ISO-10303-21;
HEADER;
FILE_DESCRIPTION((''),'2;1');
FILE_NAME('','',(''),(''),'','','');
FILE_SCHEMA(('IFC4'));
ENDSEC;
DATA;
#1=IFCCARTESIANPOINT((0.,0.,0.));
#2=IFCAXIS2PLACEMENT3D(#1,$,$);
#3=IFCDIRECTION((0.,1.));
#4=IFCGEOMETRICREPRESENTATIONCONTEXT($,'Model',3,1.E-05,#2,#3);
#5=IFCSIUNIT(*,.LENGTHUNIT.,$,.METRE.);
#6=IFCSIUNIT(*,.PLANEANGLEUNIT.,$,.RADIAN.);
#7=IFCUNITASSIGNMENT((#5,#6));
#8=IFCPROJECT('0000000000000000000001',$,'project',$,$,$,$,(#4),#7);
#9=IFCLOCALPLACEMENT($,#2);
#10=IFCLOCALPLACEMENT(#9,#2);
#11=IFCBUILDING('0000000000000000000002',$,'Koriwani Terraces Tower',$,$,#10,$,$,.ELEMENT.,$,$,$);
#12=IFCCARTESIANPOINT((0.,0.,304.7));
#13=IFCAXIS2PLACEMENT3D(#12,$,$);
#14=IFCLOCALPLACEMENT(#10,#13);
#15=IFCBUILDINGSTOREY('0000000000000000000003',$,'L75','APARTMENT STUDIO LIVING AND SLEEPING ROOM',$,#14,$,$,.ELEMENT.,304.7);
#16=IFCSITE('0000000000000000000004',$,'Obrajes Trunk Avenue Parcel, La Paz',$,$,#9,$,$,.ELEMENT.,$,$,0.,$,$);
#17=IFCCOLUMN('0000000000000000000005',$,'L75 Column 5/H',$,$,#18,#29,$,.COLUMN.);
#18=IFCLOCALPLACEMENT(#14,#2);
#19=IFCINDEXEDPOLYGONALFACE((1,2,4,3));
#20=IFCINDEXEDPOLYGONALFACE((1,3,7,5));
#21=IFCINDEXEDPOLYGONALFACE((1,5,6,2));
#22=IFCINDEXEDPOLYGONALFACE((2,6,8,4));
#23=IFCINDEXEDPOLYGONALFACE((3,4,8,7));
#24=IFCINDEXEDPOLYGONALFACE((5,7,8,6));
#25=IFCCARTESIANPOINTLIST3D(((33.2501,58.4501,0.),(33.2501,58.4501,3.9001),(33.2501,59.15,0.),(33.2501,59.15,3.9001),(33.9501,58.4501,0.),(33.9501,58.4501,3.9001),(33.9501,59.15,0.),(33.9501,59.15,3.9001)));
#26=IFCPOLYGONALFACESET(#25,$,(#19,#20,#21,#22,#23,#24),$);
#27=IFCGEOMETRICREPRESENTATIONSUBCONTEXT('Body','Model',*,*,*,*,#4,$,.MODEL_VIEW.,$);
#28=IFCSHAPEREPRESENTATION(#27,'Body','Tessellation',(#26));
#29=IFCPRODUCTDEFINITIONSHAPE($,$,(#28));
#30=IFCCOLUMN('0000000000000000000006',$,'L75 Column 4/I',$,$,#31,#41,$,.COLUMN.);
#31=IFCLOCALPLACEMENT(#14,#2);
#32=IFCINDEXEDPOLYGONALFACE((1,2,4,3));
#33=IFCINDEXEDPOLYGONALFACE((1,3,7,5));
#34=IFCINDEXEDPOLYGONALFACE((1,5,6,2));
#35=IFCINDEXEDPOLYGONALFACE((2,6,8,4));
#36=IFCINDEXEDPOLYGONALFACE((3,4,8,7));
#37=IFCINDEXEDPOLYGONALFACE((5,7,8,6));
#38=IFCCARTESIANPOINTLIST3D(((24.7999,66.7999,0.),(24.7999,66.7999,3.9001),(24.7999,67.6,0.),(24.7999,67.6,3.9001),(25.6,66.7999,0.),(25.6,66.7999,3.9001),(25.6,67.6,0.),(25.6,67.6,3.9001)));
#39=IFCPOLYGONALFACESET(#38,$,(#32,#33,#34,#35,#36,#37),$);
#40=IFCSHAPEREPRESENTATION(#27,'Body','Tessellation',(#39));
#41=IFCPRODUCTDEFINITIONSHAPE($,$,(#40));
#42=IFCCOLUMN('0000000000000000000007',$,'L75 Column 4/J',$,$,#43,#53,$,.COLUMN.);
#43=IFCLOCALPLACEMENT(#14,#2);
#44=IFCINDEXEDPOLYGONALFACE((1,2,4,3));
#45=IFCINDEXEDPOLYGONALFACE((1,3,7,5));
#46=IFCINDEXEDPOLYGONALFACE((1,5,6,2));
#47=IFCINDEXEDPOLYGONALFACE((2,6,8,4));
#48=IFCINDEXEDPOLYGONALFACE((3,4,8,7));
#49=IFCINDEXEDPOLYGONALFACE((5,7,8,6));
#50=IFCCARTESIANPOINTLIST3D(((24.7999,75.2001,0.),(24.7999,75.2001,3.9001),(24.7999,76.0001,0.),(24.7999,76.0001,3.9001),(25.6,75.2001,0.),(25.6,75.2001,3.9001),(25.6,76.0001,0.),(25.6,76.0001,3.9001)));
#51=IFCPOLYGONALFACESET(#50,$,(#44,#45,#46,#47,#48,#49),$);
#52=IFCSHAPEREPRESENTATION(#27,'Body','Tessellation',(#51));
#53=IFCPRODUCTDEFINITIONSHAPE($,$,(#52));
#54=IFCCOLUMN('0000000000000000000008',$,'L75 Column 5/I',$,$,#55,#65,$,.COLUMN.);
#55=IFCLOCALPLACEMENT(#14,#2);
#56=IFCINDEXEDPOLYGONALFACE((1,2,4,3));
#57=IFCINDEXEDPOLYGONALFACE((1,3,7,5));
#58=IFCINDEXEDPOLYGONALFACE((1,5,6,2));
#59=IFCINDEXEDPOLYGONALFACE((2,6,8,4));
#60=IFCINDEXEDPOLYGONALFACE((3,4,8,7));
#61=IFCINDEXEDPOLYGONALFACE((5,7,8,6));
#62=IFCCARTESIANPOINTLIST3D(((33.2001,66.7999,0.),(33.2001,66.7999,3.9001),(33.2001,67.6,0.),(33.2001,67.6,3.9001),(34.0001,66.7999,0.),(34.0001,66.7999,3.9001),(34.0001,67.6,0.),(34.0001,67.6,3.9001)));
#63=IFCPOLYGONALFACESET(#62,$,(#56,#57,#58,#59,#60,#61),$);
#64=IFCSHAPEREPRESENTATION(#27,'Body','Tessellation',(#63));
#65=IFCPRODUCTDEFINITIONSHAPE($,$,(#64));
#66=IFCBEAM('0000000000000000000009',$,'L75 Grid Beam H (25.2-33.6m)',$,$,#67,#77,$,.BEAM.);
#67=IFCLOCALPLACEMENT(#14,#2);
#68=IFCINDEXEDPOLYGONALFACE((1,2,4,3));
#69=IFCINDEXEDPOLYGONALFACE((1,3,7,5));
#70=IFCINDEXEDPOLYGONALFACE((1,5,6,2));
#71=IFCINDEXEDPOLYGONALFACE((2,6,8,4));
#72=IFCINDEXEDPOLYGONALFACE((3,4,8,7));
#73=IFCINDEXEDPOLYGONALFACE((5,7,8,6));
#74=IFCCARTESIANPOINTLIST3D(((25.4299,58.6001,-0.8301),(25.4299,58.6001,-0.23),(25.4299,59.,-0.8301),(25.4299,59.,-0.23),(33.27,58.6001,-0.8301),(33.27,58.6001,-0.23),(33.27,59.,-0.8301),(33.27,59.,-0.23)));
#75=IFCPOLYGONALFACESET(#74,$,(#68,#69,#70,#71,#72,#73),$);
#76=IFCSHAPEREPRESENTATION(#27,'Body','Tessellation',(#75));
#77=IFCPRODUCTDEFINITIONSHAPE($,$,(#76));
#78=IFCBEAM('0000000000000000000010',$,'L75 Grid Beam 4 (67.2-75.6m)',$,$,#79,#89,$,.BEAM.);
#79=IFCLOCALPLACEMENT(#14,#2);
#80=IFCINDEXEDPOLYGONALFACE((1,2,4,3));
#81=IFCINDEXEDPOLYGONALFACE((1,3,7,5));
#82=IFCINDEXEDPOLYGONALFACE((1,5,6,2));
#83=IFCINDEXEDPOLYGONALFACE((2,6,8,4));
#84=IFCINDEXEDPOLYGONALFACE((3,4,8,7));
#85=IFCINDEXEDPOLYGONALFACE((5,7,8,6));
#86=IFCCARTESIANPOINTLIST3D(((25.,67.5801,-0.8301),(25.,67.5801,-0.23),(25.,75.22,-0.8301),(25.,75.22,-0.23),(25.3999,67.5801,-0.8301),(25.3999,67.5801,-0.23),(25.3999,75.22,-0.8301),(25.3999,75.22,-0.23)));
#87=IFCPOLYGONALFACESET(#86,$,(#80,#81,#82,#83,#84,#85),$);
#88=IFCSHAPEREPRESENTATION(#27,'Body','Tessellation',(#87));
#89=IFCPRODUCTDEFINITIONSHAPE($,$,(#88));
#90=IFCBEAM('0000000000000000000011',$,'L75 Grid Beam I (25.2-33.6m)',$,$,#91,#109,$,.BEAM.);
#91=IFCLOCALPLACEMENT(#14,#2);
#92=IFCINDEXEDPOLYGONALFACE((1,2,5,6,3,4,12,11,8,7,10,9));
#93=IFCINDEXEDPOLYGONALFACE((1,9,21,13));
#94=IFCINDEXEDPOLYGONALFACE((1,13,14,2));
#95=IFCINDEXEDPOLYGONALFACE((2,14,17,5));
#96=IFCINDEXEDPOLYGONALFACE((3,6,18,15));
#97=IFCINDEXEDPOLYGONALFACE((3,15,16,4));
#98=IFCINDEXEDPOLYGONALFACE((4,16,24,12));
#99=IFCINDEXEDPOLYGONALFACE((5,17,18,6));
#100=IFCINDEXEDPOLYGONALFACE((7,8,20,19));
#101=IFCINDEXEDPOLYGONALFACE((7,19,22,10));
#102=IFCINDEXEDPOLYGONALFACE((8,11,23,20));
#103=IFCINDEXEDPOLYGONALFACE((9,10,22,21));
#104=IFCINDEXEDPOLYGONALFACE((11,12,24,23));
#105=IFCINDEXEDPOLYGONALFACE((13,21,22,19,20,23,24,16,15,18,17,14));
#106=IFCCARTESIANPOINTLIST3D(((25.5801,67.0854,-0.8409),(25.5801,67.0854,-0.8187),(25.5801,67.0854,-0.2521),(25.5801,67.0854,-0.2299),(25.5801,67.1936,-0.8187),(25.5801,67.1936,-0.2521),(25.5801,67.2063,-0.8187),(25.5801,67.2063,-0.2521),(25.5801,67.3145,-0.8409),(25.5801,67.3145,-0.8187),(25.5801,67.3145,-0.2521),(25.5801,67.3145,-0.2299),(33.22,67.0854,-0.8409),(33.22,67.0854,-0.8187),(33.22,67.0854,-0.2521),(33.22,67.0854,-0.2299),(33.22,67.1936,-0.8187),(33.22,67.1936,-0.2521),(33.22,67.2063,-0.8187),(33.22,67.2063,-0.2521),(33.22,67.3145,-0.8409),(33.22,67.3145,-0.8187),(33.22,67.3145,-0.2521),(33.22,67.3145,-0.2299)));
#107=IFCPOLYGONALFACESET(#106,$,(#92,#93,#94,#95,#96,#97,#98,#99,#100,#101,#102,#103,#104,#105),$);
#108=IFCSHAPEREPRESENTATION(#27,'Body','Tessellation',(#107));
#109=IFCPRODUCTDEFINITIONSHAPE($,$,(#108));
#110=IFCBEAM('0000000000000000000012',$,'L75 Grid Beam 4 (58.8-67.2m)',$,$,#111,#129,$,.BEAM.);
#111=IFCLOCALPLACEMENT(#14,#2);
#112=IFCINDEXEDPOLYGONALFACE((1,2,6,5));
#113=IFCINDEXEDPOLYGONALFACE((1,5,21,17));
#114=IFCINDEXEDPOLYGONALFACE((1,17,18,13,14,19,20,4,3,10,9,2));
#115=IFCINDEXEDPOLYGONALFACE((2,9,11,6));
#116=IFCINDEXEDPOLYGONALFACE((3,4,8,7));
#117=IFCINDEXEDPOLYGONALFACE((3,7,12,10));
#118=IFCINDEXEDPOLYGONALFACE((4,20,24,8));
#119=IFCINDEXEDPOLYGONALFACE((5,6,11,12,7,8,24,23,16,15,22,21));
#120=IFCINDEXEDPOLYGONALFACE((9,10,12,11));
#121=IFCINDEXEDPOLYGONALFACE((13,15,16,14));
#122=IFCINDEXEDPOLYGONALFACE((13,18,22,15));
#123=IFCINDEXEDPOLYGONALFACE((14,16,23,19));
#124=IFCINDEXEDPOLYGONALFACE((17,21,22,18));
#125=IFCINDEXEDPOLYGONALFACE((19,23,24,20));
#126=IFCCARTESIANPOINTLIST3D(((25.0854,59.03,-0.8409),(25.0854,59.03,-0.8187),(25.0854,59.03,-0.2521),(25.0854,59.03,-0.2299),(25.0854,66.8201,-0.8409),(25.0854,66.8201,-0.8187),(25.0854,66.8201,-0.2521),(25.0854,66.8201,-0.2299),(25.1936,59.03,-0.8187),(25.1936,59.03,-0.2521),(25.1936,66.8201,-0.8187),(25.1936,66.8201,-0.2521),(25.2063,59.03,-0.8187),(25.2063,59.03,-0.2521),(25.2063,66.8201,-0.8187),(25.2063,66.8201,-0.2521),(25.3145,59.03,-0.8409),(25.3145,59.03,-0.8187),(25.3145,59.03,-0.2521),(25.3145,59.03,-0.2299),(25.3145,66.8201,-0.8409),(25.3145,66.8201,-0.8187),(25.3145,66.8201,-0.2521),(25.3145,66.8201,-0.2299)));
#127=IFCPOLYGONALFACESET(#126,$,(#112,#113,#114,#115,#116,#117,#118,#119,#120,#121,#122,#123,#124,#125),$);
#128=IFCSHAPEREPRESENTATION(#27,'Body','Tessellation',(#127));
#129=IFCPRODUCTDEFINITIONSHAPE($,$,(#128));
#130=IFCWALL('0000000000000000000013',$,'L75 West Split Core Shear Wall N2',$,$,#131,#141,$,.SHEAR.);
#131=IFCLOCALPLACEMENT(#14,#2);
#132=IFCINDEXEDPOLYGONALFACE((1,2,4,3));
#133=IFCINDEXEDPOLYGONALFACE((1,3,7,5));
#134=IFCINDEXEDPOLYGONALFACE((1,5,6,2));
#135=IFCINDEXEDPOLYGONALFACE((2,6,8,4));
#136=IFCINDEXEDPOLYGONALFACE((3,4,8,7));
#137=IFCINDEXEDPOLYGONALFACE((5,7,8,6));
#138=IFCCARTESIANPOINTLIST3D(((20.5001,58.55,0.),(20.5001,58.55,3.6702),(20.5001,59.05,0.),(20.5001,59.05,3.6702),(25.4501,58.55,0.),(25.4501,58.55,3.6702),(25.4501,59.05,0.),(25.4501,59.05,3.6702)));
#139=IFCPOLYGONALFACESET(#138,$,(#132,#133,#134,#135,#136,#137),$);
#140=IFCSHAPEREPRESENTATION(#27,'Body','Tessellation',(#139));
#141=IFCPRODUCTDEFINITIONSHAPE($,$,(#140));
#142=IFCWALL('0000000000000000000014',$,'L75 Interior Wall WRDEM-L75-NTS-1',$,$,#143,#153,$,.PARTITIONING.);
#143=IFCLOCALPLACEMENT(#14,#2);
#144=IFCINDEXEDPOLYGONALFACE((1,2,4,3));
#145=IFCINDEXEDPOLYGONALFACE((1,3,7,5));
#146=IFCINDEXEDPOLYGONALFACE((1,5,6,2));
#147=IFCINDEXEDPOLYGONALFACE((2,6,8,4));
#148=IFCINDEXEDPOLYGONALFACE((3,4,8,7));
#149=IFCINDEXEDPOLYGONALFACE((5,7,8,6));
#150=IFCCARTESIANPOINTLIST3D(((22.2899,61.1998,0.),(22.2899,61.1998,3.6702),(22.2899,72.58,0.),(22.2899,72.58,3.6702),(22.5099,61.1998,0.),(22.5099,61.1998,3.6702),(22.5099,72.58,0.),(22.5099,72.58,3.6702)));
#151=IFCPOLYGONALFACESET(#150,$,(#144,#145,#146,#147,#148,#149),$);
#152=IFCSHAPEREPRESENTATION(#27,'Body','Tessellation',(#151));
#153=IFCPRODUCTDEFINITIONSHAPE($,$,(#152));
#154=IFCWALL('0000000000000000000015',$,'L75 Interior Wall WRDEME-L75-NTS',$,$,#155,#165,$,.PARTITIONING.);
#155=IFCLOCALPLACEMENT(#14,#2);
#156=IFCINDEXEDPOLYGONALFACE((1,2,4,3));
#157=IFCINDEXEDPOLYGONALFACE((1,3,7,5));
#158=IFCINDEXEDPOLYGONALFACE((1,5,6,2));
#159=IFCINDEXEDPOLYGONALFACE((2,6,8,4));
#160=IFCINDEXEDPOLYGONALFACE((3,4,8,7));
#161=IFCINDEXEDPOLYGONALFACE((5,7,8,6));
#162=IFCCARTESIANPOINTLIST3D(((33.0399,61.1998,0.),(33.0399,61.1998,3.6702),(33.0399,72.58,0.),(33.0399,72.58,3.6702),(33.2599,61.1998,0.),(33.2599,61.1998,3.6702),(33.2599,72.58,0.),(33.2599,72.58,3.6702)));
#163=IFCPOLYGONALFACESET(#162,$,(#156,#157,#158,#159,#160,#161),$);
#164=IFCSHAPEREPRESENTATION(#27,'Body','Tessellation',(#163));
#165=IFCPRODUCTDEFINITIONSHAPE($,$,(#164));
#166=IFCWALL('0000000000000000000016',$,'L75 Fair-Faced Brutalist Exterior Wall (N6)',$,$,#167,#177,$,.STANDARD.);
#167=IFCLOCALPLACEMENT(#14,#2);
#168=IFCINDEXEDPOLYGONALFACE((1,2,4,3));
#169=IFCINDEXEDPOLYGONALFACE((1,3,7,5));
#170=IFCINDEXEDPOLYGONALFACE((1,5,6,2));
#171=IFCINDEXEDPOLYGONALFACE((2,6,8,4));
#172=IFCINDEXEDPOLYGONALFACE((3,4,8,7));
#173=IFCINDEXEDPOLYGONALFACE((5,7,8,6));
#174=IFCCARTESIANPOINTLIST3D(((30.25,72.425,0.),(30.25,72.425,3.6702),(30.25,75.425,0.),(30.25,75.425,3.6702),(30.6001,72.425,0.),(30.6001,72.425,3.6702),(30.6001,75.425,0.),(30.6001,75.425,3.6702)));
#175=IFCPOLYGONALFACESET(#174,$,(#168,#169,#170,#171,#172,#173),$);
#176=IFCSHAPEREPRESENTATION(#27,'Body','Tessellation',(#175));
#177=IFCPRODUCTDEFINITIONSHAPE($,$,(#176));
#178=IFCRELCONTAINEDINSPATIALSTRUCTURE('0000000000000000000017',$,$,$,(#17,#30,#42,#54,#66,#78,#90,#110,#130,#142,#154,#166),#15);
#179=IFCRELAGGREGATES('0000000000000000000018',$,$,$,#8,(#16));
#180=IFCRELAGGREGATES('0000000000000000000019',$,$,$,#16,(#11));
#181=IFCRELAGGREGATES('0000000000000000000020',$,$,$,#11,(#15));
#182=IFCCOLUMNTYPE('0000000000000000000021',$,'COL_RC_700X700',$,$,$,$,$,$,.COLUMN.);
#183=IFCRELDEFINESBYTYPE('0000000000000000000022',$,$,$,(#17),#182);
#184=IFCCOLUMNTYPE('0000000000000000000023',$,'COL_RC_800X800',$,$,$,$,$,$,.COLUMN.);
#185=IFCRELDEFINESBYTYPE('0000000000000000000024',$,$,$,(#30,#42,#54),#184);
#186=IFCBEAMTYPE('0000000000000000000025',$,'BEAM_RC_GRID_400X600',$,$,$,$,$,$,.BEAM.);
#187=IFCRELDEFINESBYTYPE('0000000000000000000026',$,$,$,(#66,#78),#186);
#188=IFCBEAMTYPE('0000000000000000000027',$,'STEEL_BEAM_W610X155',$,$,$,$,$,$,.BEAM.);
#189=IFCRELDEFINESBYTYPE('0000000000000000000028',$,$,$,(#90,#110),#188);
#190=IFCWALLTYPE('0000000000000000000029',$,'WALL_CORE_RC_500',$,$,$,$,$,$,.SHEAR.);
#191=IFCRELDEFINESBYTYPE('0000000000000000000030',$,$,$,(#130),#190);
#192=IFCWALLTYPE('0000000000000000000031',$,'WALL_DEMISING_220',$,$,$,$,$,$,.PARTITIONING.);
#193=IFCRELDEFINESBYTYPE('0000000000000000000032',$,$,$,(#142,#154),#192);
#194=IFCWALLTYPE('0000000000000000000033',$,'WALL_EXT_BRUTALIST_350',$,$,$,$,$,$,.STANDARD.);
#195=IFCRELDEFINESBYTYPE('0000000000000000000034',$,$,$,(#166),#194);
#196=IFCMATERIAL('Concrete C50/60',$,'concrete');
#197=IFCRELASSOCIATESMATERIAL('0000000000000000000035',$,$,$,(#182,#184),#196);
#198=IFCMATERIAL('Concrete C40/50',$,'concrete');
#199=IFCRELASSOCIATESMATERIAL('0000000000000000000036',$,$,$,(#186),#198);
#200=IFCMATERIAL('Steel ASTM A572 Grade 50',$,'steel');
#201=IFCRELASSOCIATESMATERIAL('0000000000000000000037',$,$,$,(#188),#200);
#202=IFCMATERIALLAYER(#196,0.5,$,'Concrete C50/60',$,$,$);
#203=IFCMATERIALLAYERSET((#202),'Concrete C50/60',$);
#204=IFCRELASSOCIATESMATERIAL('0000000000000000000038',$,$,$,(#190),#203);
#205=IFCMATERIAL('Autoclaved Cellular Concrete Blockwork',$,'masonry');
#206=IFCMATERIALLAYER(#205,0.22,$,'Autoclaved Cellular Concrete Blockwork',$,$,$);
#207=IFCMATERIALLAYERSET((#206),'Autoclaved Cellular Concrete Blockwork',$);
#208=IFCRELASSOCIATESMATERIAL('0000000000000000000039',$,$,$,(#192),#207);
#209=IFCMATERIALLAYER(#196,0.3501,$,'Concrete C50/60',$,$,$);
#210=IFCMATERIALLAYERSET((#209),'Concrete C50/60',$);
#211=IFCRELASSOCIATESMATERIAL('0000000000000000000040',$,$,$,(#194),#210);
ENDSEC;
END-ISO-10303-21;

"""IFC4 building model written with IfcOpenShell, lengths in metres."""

from ifc_helpers import new_model, si_unit, direction, frame, frame_2d, origin, origin_2d, place, context, subcontext, project, spatial, rectangle, i_section, extrude, material, layer, layer_set, material_profile, profile_set, type_object, element, save


model = new_model("IFC4")

# Units and contexts
model_context = context("Model", 3, precision=1e-05, world=origin(), true_north=direction((0.0, 1.0)))
body_context = subcontext(model_context, "Body", "Model", "MODEL_VIEW")
ifc_project = project(units=[si_unit("LENGTHUNIT", "METRE"), si_unit("PLANEANGLEUNIT", "RADIAN")], contexts=[model_context])

# Site, building, storey
site_placement = place(None, origin())
site = spatial("IfcSite", under=ifc_project, at=site_placement, Name="Obrajes Trunk Avenue Parcel, La Paz", CompositionType="ELEMENT", RefElevation=0.0)
building_placement = place(site_placement, origin())
building = spatial("IfcBuilding", under=site, at=building_placement, Name="Koriwani Terraces Tower", CompositionType="ELEMENT")
storey_placement = place(building_placement, frame((0.0, 0.0, 304.7)))
storey = spatial("IfcBuildingStorey", under=building, at=storey_placement, Name="L75", Description="APARTMENT STUDIO LIVING AND SLEEPING ROOM", CompositionType="ELEMENT", Elevation=304.7)

# Columns
ifc_material_1 = material(Name="Concrete C50/60", Category="concrete")
ifc_material_profile_1 = material_profile(ifc_material_1, rectangle(XDim=0.7, YDim=0.7, at=origin_2d()), Name="Concrete C50/60", Category="LoadBearing")
ifc_profile_set_1 = profile_set([ifc_material_profile_1], Name="Concrete C50/60")
column_type_1 = type_object("IfcColumnType", Name="COL_RC_700X700", PredefinedType="COLUMN", material=ifc_profile_set_1)
column_placement = place(storey_placement, frame((33.6001, 58.8, 0.0), z_axis=(0.0, 0.0, 1.0), x_axis=(1.0, 0.0, 0.0)))
element("IfcColumn", 1, at=column_placement, inside=storey, type_object=column_type_1, Name="L75 Column 5/H", PredefinedType="COLUMN", context=body_context, shape_type="SweptSolid", body=[
    extrude(rectangle(XDim=0.7, YDim=0.7, at=origin_2d()), origin(), (0.0, 0.0, 1.0), 3.9001),
])
ifc_material_profile_2 = material_profile(ifc_material_1, rectangle(XDim=0.8, YDim=0.8, at=origin_2d()), Name="Concrete C50/60", Category="LoadBearing")
ifc_profile_set_2 = profile_set([ifc_material_profile_2], Name="Concrete C50/60")
column_type_2 = type_object("IfcColumnType", Name="COL_RC_800X800", PredefinedType="COLUMN", material=ifc_profile_set_2)
for number, where, z_axis, x_axis, name in (
    (2, (25.2, 67.2, 0.0), (0.0, 0.0, 1.0), (1.0, 0.0, 0.0), "L75 Column 4/I"),
    (3, (25.2, 75.6001, 0.0), (0.0, 0.0, 1.0), (1.0, 0.0, 0.0), "L75 Column 4/J"),
    (4, (33.6001, 67.2, 0.0), (0.0, 0.0, 1.0), (1.0, 0.0, 0.0), "L75 Column 5/I"),
):
    element("IfcColumn", number, at=place(storey_placement, frame(where, z_axis=z_axis, x_axis=x_axis)), inside=storey, type_object=column_type_2, Name=name, PredefinedType="COLUMN", context=body_context, shape_type="SweptSolid", body=[
        extrude(rectangle(XDim=0.8, YDim=0.8, at=origin_2d()), origin(), (0.0, 0.0, 1.0), 3.9001),
    ])

# Beams
ifc_material_2 = material(Name="Concrete C40/50", Category="concrete")
ifc_material_profile_3 = material_profile(ifc_material_2, rectangle(XDim=0.3999, YDim=0.6001, at=origin_2d()), Name="Concrete C40/50", Category="LoadBearing")
ifc_profile_set_3 = profile_set([ifc_material_profile_3], Name="Concrete C40/50")
beam_type_1 = type_object("IfcBeamType", Name="BEAM_RC_GRID_400X600", PredefinedType="BEAM", material=ifc_profile_set_3)
beam_1_placement = place(storey_placement, frame((25.4299, 58.8, -0.53), z_axis=(1.0, 0.0, 0.0), x_axis=(0.0, 1.0, 0.0)))
element("IfcBeam", 5, at=beam_1_placement, inside=storey, type_object=beam_type_1, Name="L75 Grid Beam H (25.2-33.6m)", PredefinedType="BEAM", context=body_context, shape_type="SweptSolid", body=[
    extrude(rectangle(XDim=0.3999, YDim=0.6001, at=origin_2d()), origin(), (0.0, 0.0, 1.0), 7.8401),
])
beam_2_placement = place(storey_placement, frame((25.2, 67.5801, -0.53), z_axis=(0.0, 1.0, 0.0), x_axis=(-1.0, 0.0, 0.0)))
element("IfcBeam", 6, at=beam_2_placement, inside=storey, type_object=beam_type_1, Name="L75 Grid Beam 4 (67.2-75.6m)", PredefinedType="BEAM", context=body_context, shape_type="SweptSolid", body=[
    extrude(rectangle(XDim=0.3999, YDim=0.6001, at=origin_2d()), origin(), (0.0, 0.0, 1.0), 7.6399),
])
ifc_material_3 = material(Name="Steel ASTM A572 Grade 50", Category="steel")
ifc_material_profile_4 = material_profile(ifc_material_3, i_section(OverallWidth=0.229, OverallDepth=0.6111, WebThickness=0.0127, FlangeThickness=0.0222, at=origin_2d()), Name="Steel ASTM A572 Grade 50", Category="LoadBearing")
ifc_profile_set_4 = profile_set([ifc_material_profile_4], Name="Steel ASTM A572 Grade 50")
beam_type_2 = type_object("IfcBeamType", Name="STEEL_BEAM_W610X155", PredefinedType="BEAM", material=ifc_profile_set_4)
beam_3_placement = place(storey_placement, frame((25.5801, 67.2, -0.5354), z_axis=(1.0, 0.0, 0.0), x_axis=(0.0, 1.0, 0.0)))
element("IfcBeam", 7, at=beam_3_placement, inside=storey, type_object=beam_type_2, Name="L75 Grid Beam I (25.2-33.6m)", PredefinedType="BEAM", context=body_context, shape_type="SweptSolid", body=[
    extrude(i_section(OverallWidth=0.229, OverallDepth=0.6111, WebThickness=0.0127, FlangeThickness=0.0222, at=origin_2d()), origin(), (0.0, 0.0, 1.0), 7.6399),
])
beam_4_placement = place(storey_placement, frame((25.2, 59.03, -0.5354), z_axis=(0.0, 1.0, 0.0), x_axis=(-1.0, 0.0, 0.0)))
element("IfcBeam", 8, at=beam_4_placement, inside=storey, type_object=beam_type_2, Name="L75 Grid Beam 4 (58.8-67.2m)", PredefinedType="BEAM", context=body_context, shape_type="SweptSolid", body=[
    extrude(i_section(OverallWidth=0.229, OverallDepth=0.6111, WebThickness=0.0127, FlangeThickness=0.0222, at=origin_2d()), origin(), (0.0, 0.0, 1.0), 7.79),
])

# Walls
ifc_layer_1 = layer(ifc_material_1, 0.5, Name="Concrete C50/60")
ifc_layer_set_1 = layer_set([ifc_layer_1], Name="Concrete C50/60")
wall_type_1 = type_object("IfcWallType", Name="WALL_CORE_RC_500", PredefinedType="SHEAR", material=ifc_layer_set_1)
wall_1_placement = place(storey_placement, frame((20.5, 58.8, 0.0), z_axis=(0.0, 0.0, 1.0), x_axis=(1.0, 0.0, 0.0)))
element("IfcWall", 9, at=wall_1_placement, inside=storey, type_object=wall_type_1, Name="L75 West Split Core Shear Wall N2", PredefinedType="SHEAR", context=body_context, shape_type="SweptSolid", body=[
    extrude(rectangle(XDim=4.95, YDim=0.5, at=frame_2d((2.4751, 0.0))), origin(), (0.0, 0.0, 1.0), 3.6702),
])
ifc_material_4 = material(Name="Autoclaved Cellular Concrete Blockwork", Category="masonry")
ifc_layer_2 = layer(ifc_material_4, 0.22, Name="Autoclaved Cellular Concrete Blockwork")
ifc_layer_set_2 = layer_set([ifc_layer_2], Name="Autoclaved Cellular Concrete Blockwork")
wall_type_2 = type_object("IfcWallType", Name="WALL_DEMISING_220", PredefinedType="PARTITIONING", material=ifc_layer_set_2)
for number, where, z_axis, x_axis, name in (
    (10, (22.3999, 61.2, 0.0), (0.0, 0.0, 1.0), (0.0, 1.0, 0.0), "L75 Interior Wall WRDEM-L75-NTS-1"),
    (11, (33.1499, 61.2, 0.0), (0.0, 0.0, 1.0), (0.0, 1.0, 0.0), "L75 Interior Wall WRDEME-L75-NTS"),
):
    element("IfcWall", number, at=place(storey_placement, frame(where, z_axis=z_axis, x_axis=x_axis)), inside=storey, type_object=wall_type_2, Name=name, PredefinedType="PARTITIONING", context=body_context, shape_type="SweptSolid", body=[
        extrude(rectangle(XDim=11.3801, YDim=0.22, at=frame_2d((5.6899, 0.0))), origin(), (0.0, 0.0, 1.0), 3.6702),
    ])
ifc_layer_3 = layer(ifc_material_1, 0.3501, Name="Concrete C50/60")
ifc_layer_set_3 = layer_set([ifc_layer_3], Name="Concrete C50/60")
wall_type_3 = type_object("IfcWallType", Name="WALL_EXT_BRUTALIST_350", PredefinedType="STANDARD", material=ifc_layer_set_3)
wall_2_placement = place(storey_placement, frame((30.425, 75.425, 0.0), z_axis=(0.0, 0.0, 1.0), x_axis=(0.0, -1.0, 0.0)))
element("IfcWall", 12, at=wall_2_placement, inside=storey, type_object=wall_type_3, Name="L75 Fair-Faced Brutalist Exterior Wall (N6)", PredefinedType="STANDARD", context=body_context, shape_type="SweptSolid", body=[
    extrude(rectangle(XDim=3.0, YDim=0.3501, at=frame_2d((1.5, 0.0))), origin(), (0.0, 0.0, 1.0), 3.6702),
])

save(model, "model.ifc")
